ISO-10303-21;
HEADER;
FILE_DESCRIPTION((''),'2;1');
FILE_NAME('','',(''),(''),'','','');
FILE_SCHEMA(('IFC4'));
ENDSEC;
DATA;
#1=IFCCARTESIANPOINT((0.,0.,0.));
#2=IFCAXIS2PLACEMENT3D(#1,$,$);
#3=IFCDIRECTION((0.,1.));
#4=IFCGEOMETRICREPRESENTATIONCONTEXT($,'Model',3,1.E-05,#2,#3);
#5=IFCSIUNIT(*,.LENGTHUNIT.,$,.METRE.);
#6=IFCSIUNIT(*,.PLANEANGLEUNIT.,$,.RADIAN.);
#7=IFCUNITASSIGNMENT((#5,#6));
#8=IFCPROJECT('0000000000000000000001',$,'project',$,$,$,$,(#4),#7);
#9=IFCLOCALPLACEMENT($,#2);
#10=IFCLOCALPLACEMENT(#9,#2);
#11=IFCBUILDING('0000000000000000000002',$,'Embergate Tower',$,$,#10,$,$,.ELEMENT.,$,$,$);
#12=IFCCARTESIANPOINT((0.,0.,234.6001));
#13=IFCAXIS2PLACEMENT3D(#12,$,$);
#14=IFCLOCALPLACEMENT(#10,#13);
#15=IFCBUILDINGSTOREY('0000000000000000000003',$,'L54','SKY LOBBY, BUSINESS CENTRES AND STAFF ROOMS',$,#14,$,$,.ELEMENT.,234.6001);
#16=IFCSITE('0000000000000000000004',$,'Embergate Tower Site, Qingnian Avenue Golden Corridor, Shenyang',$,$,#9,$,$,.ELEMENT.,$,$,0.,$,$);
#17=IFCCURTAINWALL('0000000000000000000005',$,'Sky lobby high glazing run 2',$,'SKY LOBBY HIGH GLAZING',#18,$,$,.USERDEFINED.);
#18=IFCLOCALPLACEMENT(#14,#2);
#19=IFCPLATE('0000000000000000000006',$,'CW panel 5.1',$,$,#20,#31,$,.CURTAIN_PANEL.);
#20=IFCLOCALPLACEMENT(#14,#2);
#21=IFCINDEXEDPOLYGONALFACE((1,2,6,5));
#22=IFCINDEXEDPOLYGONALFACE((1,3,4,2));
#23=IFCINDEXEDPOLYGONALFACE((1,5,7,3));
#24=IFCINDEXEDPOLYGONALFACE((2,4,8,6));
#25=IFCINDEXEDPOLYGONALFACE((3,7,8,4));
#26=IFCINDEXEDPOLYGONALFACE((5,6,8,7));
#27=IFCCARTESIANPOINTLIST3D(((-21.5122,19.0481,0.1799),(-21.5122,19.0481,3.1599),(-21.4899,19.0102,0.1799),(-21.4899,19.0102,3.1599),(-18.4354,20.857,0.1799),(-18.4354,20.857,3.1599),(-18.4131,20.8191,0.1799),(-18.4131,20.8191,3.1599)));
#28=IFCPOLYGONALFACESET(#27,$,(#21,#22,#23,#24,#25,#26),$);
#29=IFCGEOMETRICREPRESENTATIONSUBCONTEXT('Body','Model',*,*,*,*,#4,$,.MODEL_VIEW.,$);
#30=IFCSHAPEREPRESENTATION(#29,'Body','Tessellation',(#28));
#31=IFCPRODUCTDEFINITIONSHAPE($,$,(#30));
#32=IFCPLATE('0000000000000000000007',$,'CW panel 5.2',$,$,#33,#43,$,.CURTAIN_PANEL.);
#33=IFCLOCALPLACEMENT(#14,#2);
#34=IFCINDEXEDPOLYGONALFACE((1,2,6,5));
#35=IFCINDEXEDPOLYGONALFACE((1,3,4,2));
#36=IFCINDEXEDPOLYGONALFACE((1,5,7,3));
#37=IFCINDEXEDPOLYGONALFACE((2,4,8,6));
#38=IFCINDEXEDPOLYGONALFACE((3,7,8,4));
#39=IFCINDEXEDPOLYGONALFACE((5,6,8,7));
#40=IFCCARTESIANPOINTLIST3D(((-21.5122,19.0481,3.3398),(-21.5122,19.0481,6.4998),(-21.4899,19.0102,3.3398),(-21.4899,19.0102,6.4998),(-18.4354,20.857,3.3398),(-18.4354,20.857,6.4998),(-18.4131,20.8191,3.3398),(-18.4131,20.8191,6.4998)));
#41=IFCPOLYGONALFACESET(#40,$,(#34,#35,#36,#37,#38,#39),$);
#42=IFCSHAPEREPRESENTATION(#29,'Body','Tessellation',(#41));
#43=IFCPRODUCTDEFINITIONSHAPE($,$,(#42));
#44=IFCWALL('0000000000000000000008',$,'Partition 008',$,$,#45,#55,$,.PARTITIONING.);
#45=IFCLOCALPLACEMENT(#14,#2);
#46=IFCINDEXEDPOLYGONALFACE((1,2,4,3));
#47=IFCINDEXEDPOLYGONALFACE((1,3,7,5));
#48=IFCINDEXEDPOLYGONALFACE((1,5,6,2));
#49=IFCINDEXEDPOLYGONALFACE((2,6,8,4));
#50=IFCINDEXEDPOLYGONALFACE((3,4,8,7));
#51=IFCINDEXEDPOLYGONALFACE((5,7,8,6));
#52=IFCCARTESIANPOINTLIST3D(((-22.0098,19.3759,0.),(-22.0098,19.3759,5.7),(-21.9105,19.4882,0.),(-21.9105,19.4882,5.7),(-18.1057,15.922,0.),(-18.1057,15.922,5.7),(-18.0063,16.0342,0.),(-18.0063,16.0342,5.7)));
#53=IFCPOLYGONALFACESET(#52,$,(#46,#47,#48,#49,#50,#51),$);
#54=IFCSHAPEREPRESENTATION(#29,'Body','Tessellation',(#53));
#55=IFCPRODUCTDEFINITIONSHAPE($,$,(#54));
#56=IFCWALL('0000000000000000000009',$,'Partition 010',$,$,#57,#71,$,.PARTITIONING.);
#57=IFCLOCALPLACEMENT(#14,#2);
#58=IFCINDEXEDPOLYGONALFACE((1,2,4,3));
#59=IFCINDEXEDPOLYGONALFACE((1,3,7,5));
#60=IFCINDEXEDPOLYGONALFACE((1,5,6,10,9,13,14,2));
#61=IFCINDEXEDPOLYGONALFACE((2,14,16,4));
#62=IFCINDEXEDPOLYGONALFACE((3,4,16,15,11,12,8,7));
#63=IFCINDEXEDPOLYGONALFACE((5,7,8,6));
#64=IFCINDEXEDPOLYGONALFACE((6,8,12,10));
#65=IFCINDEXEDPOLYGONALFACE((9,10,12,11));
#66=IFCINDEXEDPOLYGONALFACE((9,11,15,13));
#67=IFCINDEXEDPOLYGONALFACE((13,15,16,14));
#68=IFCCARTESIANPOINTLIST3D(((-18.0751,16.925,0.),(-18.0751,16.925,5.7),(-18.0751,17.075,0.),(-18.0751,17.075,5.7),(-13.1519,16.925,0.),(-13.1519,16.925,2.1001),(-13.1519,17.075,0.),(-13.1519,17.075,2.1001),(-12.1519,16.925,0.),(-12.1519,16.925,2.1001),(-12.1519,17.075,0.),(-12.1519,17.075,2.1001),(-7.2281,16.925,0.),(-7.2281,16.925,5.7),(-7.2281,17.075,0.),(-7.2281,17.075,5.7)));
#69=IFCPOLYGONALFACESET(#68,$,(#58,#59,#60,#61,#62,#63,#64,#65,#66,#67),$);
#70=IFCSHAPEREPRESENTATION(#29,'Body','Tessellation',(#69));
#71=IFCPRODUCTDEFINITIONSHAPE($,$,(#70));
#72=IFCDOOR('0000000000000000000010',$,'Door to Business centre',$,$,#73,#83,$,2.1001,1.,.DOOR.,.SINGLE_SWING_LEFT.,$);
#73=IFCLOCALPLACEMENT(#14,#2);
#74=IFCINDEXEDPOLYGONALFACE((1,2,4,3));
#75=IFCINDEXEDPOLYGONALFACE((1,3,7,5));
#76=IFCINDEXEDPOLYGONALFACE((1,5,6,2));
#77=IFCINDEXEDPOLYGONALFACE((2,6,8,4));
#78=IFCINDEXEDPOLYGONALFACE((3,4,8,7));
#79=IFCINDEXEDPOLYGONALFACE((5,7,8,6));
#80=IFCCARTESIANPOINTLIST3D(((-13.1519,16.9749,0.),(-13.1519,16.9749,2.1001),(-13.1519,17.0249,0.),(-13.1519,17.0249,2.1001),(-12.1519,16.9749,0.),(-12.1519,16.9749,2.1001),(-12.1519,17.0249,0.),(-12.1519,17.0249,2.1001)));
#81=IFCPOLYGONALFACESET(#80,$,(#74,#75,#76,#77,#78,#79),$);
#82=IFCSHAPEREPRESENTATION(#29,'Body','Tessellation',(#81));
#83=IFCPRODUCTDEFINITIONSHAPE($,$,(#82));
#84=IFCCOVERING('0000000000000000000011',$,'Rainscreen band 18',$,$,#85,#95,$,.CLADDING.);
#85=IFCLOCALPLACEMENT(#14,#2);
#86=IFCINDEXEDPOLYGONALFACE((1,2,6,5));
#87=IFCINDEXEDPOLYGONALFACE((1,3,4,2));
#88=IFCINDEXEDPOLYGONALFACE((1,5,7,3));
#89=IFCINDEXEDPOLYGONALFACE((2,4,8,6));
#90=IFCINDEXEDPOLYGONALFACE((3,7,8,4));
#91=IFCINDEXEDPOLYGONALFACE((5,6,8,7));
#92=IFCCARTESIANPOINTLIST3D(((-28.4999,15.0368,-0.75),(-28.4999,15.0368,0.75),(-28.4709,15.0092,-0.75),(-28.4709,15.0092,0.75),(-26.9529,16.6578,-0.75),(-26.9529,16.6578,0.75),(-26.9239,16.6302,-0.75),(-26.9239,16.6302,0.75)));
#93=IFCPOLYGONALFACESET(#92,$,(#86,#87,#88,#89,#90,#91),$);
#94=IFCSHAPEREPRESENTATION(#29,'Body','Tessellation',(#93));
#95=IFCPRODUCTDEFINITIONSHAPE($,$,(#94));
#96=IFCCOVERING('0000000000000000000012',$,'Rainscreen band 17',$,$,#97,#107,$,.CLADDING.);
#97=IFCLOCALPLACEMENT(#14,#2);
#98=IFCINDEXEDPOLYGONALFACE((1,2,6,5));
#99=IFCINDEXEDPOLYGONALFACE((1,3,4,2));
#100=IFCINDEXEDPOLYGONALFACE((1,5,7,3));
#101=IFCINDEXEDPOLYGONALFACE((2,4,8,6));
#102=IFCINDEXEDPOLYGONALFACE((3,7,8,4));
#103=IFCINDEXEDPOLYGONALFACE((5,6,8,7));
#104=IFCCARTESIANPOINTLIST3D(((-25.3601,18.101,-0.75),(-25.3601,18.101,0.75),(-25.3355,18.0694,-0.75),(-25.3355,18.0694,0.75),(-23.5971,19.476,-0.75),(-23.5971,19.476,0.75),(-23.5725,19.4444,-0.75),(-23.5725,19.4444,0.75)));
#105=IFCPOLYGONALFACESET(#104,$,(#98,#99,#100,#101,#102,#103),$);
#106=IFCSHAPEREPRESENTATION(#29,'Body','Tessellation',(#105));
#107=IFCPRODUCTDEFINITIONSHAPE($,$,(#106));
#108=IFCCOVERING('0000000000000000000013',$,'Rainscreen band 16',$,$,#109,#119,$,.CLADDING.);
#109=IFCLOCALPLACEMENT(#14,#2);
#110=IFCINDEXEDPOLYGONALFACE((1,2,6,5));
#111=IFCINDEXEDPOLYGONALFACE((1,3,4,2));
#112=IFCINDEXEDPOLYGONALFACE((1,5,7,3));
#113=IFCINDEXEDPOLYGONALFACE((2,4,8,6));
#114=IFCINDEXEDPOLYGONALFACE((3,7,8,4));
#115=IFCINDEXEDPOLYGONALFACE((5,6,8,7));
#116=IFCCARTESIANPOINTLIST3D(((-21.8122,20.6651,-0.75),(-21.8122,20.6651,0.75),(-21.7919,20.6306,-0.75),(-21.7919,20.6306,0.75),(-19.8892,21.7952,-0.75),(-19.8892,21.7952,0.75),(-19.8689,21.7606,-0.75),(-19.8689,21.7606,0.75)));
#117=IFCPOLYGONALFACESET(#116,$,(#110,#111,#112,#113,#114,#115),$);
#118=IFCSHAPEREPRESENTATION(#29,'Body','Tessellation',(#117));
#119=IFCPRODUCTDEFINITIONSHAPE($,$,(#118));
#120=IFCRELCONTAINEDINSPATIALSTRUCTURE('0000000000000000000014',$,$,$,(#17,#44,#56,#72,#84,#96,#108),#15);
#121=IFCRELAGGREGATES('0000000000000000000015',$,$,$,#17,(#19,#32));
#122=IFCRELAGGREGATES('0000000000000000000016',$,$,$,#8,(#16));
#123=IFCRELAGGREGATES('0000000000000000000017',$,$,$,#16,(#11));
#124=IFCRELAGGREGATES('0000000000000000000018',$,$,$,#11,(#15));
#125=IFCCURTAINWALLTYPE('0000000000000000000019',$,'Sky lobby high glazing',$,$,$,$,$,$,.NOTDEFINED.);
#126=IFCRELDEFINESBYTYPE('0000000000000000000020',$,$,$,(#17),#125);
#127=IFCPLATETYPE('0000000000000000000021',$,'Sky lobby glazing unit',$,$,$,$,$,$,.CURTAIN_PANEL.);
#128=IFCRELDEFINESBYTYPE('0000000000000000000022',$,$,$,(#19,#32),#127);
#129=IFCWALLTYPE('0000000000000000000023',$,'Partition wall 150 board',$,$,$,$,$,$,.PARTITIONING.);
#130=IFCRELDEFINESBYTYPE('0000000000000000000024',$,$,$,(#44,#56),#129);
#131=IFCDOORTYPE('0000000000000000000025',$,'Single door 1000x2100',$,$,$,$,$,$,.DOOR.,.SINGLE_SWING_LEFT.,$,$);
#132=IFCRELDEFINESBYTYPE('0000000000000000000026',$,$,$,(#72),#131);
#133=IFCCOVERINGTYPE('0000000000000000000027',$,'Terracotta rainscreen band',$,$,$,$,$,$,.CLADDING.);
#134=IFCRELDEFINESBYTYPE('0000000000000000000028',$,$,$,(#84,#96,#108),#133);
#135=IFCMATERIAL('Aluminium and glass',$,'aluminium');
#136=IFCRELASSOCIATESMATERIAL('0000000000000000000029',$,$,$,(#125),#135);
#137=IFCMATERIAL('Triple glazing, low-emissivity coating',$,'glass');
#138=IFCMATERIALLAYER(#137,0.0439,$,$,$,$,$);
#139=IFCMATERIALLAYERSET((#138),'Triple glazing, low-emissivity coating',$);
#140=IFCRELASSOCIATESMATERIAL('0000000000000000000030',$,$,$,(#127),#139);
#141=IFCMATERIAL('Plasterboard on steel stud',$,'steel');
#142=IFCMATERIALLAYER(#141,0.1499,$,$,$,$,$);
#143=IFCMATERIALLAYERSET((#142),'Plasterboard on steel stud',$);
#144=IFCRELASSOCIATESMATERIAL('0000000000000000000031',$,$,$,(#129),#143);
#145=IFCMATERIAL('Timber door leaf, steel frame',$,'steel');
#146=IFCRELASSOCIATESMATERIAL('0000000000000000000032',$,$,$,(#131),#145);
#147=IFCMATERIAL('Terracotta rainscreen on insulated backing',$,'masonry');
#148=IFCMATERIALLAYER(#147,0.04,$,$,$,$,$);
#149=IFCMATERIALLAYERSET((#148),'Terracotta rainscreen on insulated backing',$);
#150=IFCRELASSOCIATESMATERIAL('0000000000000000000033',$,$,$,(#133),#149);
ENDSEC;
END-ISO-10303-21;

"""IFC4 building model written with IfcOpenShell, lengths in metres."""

from ifc_helpers import new_model, si_unit, direction, frame, frame_2d, origin, origin_2d, place, context, subcontext, project, spatial, rectangle, extrude, source, transform, mapped, material, layer, layer_set, type_object, element, fill, aggregate, save


model = new_model("IFC4")

# Units and contexts
model_context = context("Model", 3, precision=1e-05, world=origin(), true_north=direction((0.0, 1.0)))
body_context = subcontext(model_context, "Body", "Model", "MODEL_VIEW")
ifc_project = project(units=[si_unit("LENGTHUNIT", "METRE"), si_unit("PLANEANGLEUNIT", "RADIAN")], contexts=[model_context])

# Site, building, storey
site_placement = place(None, origin())
site = spatial("IfcSite", under=ifc_project, at=site_placement, Name="Embergate Tower Site, Qingnian Avenue Golden Corridor, Shenyang", CompositionType="ELEMENT", RefElevation=0.0)
building_placement = place(site_placement, origin())
building = spatial("IfcBuilding", under=site, at=building_placement, Name="Embergate Tower", CompositionType="ELEMENT")
storey_placement = place(building_placement, frame((0.0, 0.0, 234.6001)))
storey = spatial("IfcBuildingStorey", under=building, at=storey_placement, Name="L54", Description="SKY LOBBY, BUSINESS CENTRES AND STAFF ROOMS", CompositionType="ELEMENT", Elevation=234.6001)

# Curtain wall, plates
ifc_material_1 = material(Name="Aluminium and glass", Category="aluminium")
curtain_wall_type = type_object("IfcCurtainWallType", Name="Sky lobby high glazing", PredefinedType="NOTDEFINED", material=ifc_material_1)
curtain_wall_placement = place(storey_placement, origin())
curtain_wall = element("IfcCurtainWall", 1, at=curtain_wall_placement, inside=storey, type_object=curtain_wall_type, Name="Sky lobby high glazing run 2", ObjectType="SKY LOBBY HIGH GLAZING", PredefinedType="USERDEFINED")
ifc_material_2 = material(Name="Triple glazing, low-emissivity coating", Category="glass")
ifc_layer_1 = layer(ifc_material_2, 0.0439)
ifc_layer_set_1 = layer_set([ifc_layer_1], Name="Triple glazing, low-emissivity coating")
plate_type = type_object("IfcPlateType", Name="Sky lobby glazing unit", PredefinedType="CURTAIN_PANEL", material=ifc_layer_set_1)
shared_shape_1 = source(origin(), body_context, "Body", "SweptSolid", [
    extrude(rectangle(XDim=3.5691, YDim=0.0439, at=origin_2d()), origin(), (0.0, 0.0, 1.0), 2.98),
])
plate_1_placement = place(storey_placement, frame((-19.9626, 19.9336, 0.1799), z_axis=(0.0, 0.0, 1.0), x_axis=(-0.862053, -0.506818, 0.0)))
plate_1 = element("IfcPlate", 2, at=plate_1_placement, type_object=plate_type, Name="CW panel 5.1", PredefinedType="CURTAIN_PANEL", context=body_context, shape_type="MappedRepresentation", body=[
    mapped(shared_shape_1, transform((0.0, 0.0, 0.0))),
])
shared_shape_2 = source(origin(), body_context, "Body", "SweptSolid", [
    extrude(rectangle(XDim=3.5691, YDim=0.0439, at=origin_2d()), origin(), (0.0, 0.0, 1.0), 3.1599),
])
plate_2_placement = place(storey_placement, frame((-19.9626, 19.9336, 3.3398), z_axis=(0.0, 0.0, 1.0), x_axis=(-0.862053, -0.506818, 0.0)))
plate_2 = element("IfcPlate", 3, at=plate_2_placement, type_object=plate_type, Name="CW panel 5.2", PredefinedType="CURTAIN_PANEL", context=body_context, shape_type="MappedRepresentation", body=[
    mapped(shared_shape_2, transform((0.0, 0.0, 0.0))),
])
aggregate(curtain_wall, [plate_1, plate_2])

# Wall
ifc_material_3 = material(Name="Plasterboard on steel stud", Category="steel")
ifc_layer_2 = layer(ifc_material_3, 0.1499)
ifc_layer_set_2 = layer_set([ifc_layer_2], Name="Plasterboard on steel stud")
wall_type = type_object("IfcWallType", Name="Partition wall 150 board", PredefinedType="PARTITIONING", material=ifc_layer_set_2)
shared_shape_3 = source(origin(), body_context, "Body", "SweptSolid", [
    extrude(rectangle(XDim=5.2126, YDim=0.1499, at=frame_2d((2.6064, 0.0))), origin(), (0.0, 0.0, 1.0), 5.7),
])
wall_1_placement = place(storey_placement, frame((-18.0559, 15.978, 0.0), z_axis=(0.0, 0.0, 1.0), x_axis=(-0.748971, 0.662603, 0.0)))
element("IfcWall", 4, at=wall_1_placement, inside=storey, type_object=wall_type, Name="Partition 008", PredefinedType="PARTITIONING", context=body_context, shape_type="MappedRepresentation", body=[
    mapped(shared_shape_3, transform((0.0, 0.0, 0.0))),
])

# Wall, opening, door
shared_shape_4 = source(origin(), body_context, "Body", "SweptSolid", [
    extrude(rectangle(XDim=10.8469, YDim=0.1499, at=frame_2d((5.4233, 0.0))), origin(), (0.0, 0.0, 1.0), 5.7),
])
wall_2_placement = place(storey_placement, frame((-18.075, 17.0, 0.0), z_axis=(0.0, 0.0, 1.0), x_axis=(1.0, 0.0, 0.0)))
wall_2 = element("IfcWall", 5, at=wall_2_placement, inside=storey, type_object=wall_type, Name="Partition 010", PredefinedType="PARTITIONING", context=body_context, shape_type="MappedRepresentation", body=[
    mapped(shared_shape_4, transform((0.0, 0.0, 0.0))),
])
shared_shape_5 = source(origin(), body_context, "Body", "SweptSolid", [
    extrude(rectangle(XDim=1.0, YDim=2.1001, at=frame_2d((0.5, 1.05))), frame((0.0, 0.085, 0.0), z_axis=(0.0, -1.0, 0.0), x_axis=(1.0, 0.0, 0.0)), (0.0, 0.0, 1.0), 0.1699),
])
opening_placement = place(wall_2_placement, frame((4.9231, 0.0, 0.0)))
opening = element("IfcOpeningElement", 6, at=opening_placement, cuts=wall_2, PredefinedType="OPENING", context=body_context, shape_type="MappedRepresentation", body=[
    mapped(shared_shape_5, transform((0.0, 0.0, 0.0))),
])
ifc_material_4 = material(Name="Timber door leaf, steel frame", Category="steel")
door_type = type_object("IfcDoorType", Name="Single door 1000x2100", OperationType="SINGLE_SWING_LEFT", PredefinedType="DOOR", material=ifc_material_4)
shared_shape_6 = source(origin(), body_context, "Body", "SweptSolid", [
    extrude(rectangle(XDim=1.0, YDim=2.1001, at=frame_2d((0.5, 1.05))), frame((0.0, 0.0249, 0.0), z_axis=(0.0, -1.0, 0.0), x_axis=(1.0, 0.0, 0.0)), (0.0, 0.0, 1.0), 0.05),
])
door_placement = place(opening_placement, origin())
door = element("IfcDoor", 7, at=door_placement, inside=storey, type_object=door_type, Name="Door to Business centre", OperationType="SINGLE_SWING_LEFT", OverallHeight=2.1001, OverallWidth=1.0, PredefinedType="DOOR", context=body_context, shape_type="MappedRepresentation", body=[
    mapped(shared_shape_6, transform((0.0, 0.0, 0.0))),
])
fill(opening, door)

# Coverings
ifc_material_5 = material(Name="Terracotta rainscreen on insulated backing", Category="masonry")
ifc_layer_3 = layer(ifc_material_5, 0.04)
ifc_layer_set_3 = layer_set([ifc_layer_3], Name="Terracotta rainscreen on insulated backing")
covering_type = type_object("IfcCoveringType", Name="Terracotta rainscreen band", PredefinedType="CLADDING", material=ifc_layer_set_3)
shared_shape_7 = source(origin(), body_context, "Body", "SweptSolid", [
    extrude(rectangle(XDim=2.2407, YDim=0.04, at=origin_2d()), origin(), (0.0, 0.0, 1.0), 1.5),
])
covering_1_placement = place(storey_placement, frame((-27.7119, 15.8335, -0.75), z_axis=(0.0, 0.0, 1.0), x_axis=(-0.690402, -0.723426, 0.0)))
element("IfcCovering", 8, at=covering_1_placement, inside=storey, type_object=covering_type, Name="Rainscreen band 18", PredefinedType="CLADDING", context=body_context, shape_type="MappedRepresentation", body=[
    mapped(shared_shape_7, transform((0.0, 0.0, 0.0))),
])
shared_shape_8 = source(origin(), body_context, "Body", "SweptSolid", [
    extrude(rectangle(XDim=2.2358, YDim=0.04, at=origin_2d()), origin(), (0.0, 0.0, 1.0), 1.5),
])
covering_2_placement = place(storey_placement, frame((-24.4663, 18.7727, -0.75), z_axis=(0.0, 0.0, 1.0), x_axis=(-0.788533, -0.614993, 0.0)))
element("IfcCovering", 9, at=covering_2_placement, inside=storey, type_object=covering_type, Name="Rainscreen band 17", PredefinedType="CLADDING", context=body_context, shape_type="MappedRepresentation", body=[
    mapped(shared_shape_8, transform((0.0, 0.0, 0.0))),
])
shared_shape_9 = source(origin(), body_context, "Body", "SweptSolid", [
    extrude(rectangle(XDim=2.2305, YDim=0.04, at=origin_2d()), origin(), (0.0, 0.0, 1.0), 1.5),
])
covering_3_placement = place(storey_placement, frame((-20.8406, 21.2129, -0.75), z_axis=(0.0, 0.0, 1.0), x_axis=(-0.862165, -0.506628, 0.0)))
element("IfcCovering", 10, at=covering_3_placement, inside=storey, type_object=covering_type, Name="Rainscreen band 16", PredefinedType="CLADDING", context=body_context, shape_type="MappedRepresentation", body=[
    mapped(shared_shape_9, transform((0.0, 0.0, 0.0))),
])

save(model, "model.ifc")
